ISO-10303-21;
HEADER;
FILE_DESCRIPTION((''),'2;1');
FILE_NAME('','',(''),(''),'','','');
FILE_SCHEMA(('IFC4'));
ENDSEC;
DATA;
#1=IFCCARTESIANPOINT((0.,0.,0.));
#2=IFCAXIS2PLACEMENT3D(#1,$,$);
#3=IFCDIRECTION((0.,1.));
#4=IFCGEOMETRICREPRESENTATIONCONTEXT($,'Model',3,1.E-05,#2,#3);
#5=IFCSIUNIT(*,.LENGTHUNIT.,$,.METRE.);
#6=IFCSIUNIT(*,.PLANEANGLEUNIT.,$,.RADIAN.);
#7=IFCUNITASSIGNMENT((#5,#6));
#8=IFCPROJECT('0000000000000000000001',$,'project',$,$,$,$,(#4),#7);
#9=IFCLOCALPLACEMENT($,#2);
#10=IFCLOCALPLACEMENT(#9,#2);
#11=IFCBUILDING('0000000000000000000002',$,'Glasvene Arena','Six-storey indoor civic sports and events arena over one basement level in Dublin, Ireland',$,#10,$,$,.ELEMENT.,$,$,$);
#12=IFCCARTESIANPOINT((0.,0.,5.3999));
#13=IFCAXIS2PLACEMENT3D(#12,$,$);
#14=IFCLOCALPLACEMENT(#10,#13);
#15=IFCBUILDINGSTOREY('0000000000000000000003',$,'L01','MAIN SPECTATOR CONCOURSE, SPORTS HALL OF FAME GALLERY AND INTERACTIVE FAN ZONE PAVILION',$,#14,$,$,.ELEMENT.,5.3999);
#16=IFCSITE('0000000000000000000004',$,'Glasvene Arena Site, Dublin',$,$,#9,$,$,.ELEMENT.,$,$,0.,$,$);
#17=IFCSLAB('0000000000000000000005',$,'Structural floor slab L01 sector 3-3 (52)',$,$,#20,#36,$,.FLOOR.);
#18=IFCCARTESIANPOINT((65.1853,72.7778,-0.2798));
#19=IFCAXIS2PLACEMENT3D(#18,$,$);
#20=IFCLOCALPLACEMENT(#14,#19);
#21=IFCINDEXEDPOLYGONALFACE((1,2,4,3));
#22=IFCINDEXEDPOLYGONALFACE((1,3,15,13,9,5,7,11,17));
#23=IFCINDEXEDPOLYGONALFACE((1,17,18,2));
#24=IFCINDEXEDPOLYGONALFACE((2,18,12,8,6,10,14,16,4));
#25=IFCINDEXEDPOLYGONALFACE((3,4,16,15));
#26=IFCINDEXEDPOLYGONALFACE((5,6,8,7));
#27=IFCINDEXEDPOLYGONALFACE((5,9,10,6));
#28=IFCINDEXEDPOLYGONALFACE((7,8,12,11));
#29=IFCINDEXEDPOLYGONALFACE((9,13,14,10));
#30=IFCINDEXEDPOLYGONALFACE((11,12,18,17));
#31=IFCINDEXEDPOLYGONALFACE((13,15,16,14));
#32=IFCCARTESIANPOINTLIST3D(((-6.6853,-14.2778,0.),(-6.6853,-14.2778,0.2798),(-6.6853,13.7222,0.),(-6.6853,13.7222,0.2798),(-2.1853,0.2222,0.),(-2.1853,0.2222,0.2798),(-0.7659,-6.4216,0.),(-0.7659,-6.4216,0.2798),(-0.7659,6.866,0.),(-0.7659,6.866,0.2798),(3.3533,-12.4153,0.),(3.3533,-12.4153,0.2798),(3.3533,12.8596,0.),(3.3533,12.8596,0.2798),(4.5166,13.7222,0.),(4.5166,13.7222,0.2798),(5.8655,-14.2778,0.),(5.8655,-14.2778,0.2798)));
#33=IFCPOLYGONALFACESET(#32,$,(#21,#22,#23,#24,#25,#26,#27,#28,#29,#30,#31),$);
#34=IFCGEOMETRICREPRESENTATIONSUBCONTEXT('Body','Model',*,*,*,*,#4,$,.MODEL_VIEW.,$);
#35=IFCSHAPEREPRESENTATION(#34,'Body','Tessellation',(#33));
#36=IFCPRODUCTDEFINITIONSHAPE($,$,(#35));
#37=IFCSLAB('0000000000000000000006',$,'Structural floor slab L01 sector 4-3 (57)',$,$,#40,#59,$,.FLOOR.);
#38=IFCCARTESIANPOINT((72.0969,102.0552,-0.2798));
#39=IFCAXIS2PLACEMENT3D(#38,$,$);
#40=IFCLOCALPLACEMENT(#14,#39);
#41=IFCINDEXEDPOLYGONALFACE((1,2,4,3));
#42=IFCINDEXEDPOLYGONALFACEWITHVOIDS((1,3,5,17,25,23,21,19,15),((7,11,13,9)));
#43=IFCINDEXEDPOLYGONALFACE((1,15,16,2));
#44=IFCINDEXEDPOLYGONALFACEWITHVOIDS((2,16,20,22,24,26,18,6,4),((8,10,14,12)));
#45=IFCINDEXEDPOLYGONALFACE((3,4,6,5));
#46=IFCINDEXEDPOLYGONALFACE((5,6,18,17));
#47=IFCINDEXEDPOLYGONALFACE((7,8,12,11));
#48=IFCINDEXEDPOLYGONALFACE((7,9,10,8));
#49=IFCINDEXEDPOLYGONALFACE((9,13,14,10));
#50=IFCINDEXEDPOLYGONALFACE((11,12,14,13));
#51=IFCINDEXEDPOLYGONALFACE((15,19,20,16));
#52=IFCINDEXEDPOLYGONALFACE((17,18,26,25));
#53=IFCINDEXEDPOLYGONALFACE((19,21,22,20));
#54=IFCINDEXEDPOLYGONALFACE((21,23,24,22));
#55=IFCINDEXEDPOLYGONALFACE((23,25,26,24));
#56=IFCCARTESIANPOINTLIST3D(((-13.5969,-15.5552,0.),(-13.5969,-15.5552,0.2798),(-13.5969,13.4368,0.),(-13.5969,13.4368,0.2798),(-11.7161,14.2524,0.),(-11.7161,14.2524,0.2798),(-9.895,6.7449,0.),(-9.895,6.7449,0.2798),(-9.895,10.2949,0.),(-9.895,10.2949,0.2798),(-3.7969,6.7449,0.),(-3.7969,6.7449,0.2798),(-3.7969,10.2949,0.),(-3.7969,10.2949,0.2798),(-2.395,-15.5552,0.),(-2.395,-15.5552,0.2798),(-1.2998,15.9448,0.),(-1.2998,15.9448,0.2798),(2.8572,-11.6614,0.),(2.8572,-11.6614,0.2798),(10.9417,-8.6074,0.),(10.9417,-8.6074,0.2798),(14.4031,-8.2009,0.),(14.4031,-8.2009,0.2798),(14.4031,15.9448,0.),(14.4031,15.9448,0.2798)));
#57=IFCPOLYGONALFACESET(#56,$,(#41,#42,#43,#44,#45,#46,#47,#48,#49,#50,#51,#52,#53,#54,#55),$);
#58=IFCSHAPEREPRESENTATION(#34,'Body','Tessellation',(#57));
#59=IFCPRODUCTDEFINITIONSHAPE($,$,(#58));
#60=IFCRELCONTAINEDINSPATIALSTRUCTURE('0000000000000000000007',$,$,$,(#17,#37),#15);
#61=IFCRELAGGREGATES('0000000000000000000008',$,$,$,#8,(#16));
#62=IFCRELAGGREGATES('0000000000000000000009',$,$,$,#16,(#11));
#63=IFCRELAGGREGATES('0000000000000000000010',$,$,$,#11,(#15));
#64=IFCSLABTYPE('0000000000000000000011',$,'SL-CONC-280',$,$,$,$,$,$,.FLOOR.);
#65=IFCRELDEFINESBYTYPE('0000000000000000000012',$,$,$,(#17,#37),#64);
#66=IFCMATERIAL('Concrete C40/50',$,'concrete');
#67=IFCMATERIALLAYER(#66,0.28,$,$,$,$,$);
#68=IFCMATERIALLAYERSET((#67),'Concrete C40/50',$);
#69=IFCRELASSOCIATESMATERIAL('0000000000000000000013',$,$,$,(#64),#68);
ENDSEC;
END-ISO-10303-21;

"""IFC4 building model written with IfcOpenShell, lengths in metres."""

from ifc_helpers import new_model, si_unit, direction, frame, origin, place, context, subcontext, project, spatial, polyline, outline, extrude, material, layer, layer_set, type_object, element, save


model = new_model("IFC4")

# Units and contexts
model_context = context("Model", 3, precision=1e-05, world=origin(), true_north=direction((0.0, 1.0)))
body_context = subcontext(model_context, "Body", "Model", "MODEL_VIEW")
ifc_project = project(units=[si_unit("LENGTHUNIT", "METRE"), si_unit("PLANEANGLEUNIT", "RADIAN")], contexts=[model_context])

# Site, building, storey
site_placement = place(None, origin())
site = spatial("IfcSite", under=ifc_project, at=site_placement, Name="Glasvene Arena Site, Dublin", CompositionType="ELEMENT", RefElevation=0.0)
building_placement = place(site_placement, origin())
building = spatial("IfcBuilding", under=site, at=building_placement, Name="Glasvene Arena", Description="Six-storey indoor civic sports and events arena over one basement level in Dublin, Ireland", CompositionType="ELEMENT")
storey_placement = place(building_placement, frame((0.0, 0.0, 5.3999)))
storey = spatial("IfcBuildingStorey", under=building, at=storey_placement, Name="L01", Description="MAIN SPECTATOR CONCOURSE, SPORTS HALL OF FAME GALLERY AND INTERACTIVE FAN ZONE PAVILION", CompositionType="ELEMENT", Elevation=5.3999)

# Shared definitions
ifc_material_1 = material(Name="Concrete C40/50", Category="concrete")

# Slabs
ifc_layer_1 = layer(ifc_material_1, 0.28)
ifc_layer_set_1 = layer_set([ifc_layer_1], Name="Concrete C40/50")
slab_type = type_object("IfcSlabType", Name="SL-CONC-280", PredefinedType="FLOOR", material=ifc_layer_set_1)
slab_1_placement = place(storey_placement, frame((65.1853, 72.7778, -0.2798)))
element("IfcSlab", 1, at=slab_1_placement, inside=storey, type_object=slab_type, Name="Structural floor slab L01 sector 3-3 (52)", PredefinedType="FLOOR", context=body_context, shape_type="SweptSolid", body=[
    extrude(outline(polyline([(3.3533, 12.8596), (-0.7659, 6.866), (-2.1853, 0.2222), (-0.7659, -6.4216), (3.3533, -12.4153), (5.8655, -14.2778), (-6.6853, -14.2778), (-6.6853, 13.7222), (4.5166, 13.7222), (3.3533, 12.8596)])), origin(), (0.0, 0.0, 1.0), 0.2798),
])
slab_2_placement = place(storey_placement, frame((72.0969, 102.0552, -0.2798)))
element("IfcSlab", 2, at=slab_2_placement, inside=storey, type_object=slab_type, Name="Structural floor slab L01 sector 4-3 (57)", PredefinedType="FLOOR", context=body_context, shape_type="SweptSolid", body=[
    extrude(outline(polyline([(-1.2998, 15.9448), (14.4031, 15.9448), (14.4031, -8.2009), (10.9417, -8.6074), (2.8572, -11.6614), (-2.395, -15.5552), (-13.5969, -15.5552), (-13.5969, 13.4368), (-11.7161, 14.2524), (-1.2998, 15.9448)]), holes=[polyline([(-3.7969, 6.7449), (-3.7969, 10.2949), (-9.895, 10.2949), (-9.895, 6.7449), (-3.7969, 6.7449)])]), origin(), (0.0, 0.0, 1.0), 0.2798),
])

save(model, "model.ifc")
